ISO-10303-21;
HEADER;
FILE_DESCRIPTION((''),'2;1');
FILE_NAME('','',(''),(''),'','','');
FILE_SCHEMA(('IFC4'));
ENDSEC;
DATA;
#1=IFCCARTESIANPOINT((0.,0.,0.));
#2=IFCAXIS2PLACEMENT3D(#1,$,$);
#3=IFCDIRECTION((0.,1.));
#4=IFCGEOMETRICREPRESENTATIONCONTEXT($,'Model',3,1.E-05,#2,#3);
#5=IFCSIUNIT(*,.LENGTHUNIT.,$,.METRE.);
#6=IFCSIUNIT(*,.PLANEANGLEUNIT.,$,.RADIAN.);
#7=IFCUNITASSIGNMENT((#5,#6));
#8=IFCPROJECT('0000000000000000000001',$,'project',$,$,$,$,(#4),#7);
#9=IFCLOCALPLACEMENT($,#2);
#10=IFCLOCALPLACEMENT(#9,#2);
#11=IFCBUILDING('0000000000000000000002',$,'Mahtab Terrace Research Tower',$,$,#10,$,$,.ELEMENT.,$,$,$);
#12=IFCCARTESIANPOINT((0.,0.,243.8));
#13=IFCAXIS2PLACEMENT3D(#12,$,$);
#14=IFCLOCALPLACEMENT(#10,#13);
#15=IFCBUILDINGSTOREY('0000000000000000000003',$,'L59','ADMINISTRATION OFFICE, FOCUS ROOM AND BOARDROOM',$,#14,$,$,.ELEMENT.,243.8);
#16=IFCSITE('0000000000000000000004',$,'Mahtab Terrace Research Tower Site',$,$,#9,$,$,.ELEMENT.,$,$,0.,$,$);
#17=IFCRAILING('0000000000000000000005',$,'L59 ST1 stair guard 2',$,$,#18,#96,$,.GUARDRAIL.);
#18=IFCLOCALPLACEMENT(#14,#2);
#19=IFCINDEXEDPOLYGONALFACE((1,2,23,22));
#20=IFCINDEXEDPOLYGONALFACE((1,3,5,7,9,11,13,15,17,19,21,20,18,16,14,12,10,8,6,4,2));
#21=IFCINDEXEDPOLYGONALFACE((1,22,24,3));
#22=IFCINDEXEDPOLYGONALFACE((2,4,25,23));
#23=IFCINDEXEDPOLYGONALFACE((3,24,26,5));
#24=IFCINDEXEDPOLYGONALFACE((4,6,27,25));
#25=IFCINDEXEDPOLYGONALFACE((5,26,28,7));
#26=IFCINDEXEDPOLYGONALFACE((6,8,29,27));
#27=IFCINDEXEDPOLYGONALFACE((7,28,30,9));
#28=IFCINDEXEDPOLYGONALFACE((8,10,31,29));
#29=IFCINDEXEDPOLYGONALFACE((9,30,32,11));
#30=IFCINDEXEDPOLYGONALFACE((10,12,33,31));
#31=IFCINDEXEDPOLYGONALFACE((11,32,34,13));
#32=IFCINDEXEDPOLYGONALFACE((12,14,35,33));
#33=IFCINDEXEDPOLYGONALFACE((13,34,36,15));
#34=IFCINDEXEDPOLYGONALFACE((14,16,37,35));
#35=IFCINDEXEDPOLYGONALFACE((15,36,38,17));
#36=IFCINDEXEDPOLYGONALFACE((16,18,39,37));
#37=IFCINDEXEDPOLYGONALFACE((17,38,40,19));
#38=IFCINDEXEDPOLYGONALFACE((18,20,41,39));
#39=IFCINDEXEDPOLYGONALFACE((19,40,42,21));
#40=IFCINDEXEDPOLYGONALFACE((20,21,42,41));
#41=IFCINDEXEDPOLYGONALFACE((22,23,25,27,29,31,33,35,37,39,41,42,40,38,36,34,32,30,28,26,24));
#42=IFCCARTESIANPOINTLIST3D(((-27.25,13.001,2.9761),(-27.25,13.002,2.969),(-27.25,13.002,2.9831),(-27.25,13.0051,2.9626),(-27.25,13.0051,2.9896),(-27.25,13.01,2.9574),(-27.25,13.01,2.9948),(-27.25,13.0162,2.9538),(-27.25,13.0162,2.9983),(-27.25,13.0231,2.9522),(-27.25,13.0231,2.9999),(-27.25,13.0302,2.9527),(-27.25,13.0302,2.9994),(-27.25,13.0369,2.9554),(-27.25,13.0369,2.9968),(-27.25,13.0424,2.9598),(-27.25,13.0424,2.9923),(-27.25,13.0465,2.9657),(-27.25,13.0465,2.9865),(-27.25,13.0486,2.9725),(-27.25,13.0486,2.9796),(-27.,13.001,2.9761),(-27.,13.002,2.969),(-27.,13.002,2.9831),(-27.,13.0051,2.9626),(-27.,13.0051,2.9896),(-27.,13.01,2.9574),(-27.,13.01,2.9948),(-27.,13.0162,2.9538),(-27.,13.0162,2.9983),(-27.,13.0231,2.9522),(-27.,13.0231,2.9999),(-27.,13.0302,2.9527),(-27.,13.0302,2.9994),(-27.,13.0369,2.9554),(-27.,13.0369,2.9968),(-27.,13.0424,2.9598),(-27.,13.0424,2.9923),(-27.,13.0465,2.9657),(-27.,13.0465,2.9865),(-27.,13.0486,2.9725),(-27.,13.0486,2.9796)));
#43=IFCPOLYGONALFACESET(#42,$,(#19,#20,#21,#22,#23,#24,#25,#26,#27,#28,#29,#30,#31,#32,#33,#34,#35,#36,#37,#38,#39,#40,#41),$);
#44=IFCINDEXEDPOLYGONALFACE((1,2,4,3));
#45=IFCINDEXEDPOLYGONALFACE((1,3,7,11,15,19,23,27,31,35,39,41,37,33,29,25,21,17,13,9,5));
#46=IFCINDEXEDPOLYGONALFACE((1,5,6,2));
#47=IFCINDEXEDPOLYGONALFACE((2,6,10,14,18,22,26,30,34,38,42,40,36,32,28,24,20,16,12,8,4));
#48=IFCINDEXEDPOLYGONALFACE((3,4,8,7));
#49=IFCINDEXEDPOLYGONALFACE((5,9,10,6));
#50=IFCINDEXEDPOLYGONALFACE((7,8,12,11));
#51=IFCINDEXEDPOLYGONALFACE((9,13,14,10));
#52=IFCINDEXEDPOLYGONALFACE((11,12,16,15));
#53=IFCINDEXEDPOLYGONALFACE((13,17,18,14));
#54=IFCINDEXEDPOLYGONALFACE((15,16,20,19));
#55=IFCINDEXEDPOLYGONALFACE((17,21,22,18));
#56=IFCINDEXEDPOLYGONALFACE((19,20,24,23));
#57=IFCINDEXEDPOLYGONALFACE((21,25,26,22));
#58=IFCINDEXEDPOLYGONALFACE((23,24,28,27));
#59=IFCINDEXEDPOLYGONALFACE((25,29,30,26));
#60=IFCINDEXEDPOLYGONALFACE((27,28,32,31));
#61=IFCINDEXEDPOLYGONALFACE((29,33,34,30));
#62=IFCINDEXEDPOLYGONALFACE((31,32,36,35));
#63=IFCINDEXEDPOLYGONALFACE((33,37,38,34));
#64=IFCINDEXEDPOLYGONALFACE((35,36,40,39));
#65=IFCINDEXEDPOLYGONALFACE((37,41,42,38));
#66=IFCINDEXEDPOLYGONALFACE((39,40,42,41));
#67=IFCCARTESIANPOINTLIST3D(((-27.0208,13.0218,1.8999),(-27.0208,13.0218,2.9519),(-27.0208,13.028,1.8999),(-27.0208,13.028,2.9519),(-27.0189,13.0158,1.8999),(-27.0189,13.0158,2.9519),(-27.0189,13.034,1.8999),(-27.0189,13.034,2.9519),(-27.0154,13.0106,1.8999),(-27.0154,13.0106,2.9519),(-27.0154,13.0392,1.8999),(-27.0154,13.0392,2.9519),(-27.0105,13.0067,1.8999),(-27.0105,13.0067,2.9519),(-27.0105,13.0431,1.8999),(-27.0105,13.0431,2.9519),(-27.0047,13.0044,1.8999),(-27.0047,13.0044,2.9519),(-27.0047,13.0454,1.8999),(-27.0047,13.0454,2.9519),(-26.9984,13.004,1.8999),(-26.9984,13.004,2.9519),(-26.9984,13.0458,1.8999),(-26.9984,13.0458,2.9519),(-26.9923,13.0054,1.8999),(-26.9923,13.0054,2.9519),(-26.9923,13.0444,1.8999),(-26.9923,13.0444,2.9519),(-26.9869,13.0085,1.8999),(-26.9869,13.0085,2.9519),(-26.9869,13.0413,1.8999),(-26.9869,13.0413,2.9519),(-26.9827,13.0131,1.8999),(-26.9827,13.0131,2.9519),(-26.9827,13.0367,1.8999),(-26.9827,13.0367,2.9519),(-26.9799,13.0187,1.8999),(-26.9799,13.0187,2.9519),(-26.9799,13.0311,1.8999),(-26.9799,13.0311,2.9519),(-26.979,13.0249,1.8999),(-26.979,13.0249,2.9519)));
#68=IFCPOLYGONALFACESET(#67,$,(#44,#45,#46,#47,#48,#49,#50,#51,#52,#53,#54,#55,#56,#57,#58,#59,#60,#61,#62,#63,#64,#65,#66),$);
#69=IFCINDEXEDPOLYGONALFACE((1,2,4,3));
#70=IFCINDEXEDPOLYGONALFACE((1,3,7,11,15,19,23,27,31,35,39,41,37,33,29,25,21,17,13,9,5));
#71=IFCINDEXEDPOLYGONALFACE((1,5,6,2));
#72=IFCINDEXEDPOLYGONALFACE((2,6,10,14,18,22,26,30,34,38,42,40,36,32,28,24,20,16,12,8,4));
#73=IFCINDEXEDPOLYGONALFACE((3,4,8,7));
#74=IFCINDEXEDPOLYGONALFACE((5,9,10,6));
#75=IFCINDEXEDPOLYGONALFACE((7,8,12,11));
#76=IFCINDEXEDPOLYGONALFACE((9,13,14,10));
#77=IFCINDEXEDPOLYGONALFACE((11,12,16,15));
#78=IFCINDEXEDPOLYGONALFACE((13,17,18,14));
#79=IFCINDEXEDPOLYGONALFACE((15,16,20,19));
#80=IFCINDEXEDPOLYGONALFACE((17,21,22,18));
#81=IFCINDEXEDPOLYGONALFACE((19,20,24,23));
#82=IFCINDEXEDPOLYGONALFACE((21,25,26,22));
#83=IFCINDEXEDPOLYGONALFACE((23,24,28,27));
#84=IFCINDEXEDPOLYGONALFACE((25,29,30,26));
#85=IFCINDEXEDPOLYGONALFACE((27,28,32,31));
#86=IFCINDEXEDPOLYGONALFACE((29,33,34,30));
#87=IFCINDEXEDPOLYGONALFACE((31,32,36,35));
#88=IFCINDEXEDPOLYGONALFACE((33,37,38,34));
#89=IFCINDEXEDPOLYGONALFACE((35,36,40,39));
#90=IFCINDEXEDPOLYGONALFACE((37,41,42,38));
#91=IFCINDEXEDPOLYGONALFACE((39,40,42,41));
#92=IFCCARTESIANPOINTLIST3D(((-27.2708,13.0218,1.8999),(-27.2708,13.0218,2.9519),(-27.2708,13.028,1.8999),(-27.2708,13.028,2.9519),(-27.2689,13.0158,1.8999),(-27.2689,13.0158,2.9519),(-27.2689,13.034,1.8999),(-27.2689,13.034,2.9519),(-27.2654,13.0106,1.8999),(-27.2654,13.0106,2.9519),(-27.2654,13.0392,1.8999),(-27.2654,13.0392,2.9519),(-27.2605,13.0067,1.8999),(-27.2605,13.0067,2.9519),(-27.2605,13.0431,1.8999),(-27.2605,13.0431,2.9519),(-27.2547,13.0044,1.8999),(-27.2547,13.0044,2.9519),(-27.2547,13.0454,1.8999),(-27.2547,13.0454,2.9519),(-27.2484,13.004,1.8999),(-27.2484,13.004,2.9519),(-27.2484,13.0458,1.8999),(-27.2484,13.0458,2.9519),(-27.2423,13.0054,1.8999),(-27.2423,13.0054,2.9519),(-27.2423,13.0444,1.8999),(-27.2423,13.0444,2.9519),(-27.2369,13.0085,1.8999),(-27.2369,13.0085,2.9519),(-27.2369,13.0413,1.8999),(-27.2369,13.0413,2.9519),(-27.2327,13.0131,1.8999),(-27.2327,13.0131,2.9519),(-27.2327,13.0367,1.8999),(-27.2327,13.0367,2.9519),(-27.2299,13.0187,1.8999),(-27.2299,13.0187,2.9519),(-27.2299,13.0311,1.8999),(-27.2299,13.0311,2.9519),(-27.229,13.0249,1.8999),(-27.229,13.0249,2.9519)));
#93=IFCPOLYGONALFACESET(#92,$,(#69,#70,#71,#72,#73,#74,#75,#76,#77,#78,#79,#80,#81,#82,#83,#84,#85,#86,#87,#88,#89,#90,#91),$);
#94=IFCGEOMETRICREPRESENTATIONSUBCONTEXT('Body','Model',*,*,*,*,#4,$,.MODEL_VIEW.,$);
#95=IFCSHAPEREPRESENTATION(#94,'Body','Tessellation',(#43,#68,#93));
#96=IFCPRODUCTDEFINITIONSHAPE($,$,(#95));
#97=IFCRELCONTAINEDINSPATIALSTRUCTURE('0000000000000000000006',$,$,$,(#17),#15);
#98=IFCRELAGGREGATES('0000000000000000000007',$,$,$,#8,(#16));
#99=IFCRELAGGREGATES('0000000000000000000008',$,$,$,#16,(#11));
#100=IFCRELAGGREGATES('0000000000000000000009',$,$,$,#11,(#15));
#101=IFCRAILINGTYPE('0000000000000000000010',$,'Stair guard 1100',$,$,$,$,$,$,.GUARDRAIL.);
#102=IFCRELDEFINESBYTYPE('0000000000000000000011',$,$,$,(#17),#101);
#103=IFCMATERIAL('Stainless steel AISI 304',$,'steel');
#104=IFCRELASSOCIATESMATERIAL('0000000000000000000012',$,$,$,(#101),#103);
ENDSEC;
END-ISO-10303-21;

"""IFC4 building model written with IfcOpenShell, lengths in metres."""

from ifc_helpers import new_model, si_unit, direction, frame, origin, origin_2d, place, context, subcontext, project, spatial, circle, extrude, material, type_object, element, save


model = new_model("IFC4")

# Units and contexts
model_context = context("Model", 3, precision=1e-05, world=origin(), true_north=direction((0.0, 1.0)))
body_context = subcontext(model_context, "Body", "Model", "MODEL_VIEW")
ifc_project = project(units=[si_unit("LENGTHUNIT", "METRE"), si_unit("PLANEANGLEUNIT", "RADIAN")], contexts=[model_context])

# Site, building, storey
site_placement = place(None, origin())
site = spatial("IfcSite", under=ifc_project, at=site_placement, Name="Mahtab Terrace Research Tower Site", CompositionType="ELEMENT", RefElevation=0.0)
building_placement = place(site_placement, origin())
building = spatial("IfcBuilding", under=site, at=building_placement, Name="Mahtab Terrace Research Tower", CompositionType="ELEMENT")
storey_placement = place(building_placement, frame((0.0, 0.0, 243.8)))
storey = spatial("IfcBuildingStorey", under=building, at=storey_placement, Name="L59", Description="ADMINISTRATION OFFICE, FOCUS ROOM AND BOARDROOM", CompositionType="ELEMENT", Elevation=243.8)

# Railing
ifc_material_1 = material(Name="Stainless steel AISI 304", Category="steel")
railing_type_1 = type_object("IfcRailingType", Name="Stair guard 1100", PredefinedType="GUARDRAIL", material=ifc_material_1)
railing_1_placement = place(storey_placement, frame((-27.0, 13.0249, 1.8999)))
element("IfcRailing", 1, at=railing_1_placement, inside=storey, type_object=railing_type_1, Name="L59 ST1 stair guard 2", PredefinedType="GUARDRAIL", context=body_context, shape_type="SweptSolid", body=[
    extrude(circle(Radius=0.0239, at=origin_2d()), frame((0.0, 0.0, 1.0762), z_axis=(-1.0, 0.0, 0.0), x_axis=(0.0, -1.0, 0.0)), (0.0, 0.0, 1.0), 0.25),
    extrude(circle(Radius=0.021, at=origin_2d()), origin(), (0.0, 0.0, 1.0), 1.052),
    extrude(circle(Radius=0.021, at=origin_2d()), frame((-0.25, 0.0, 0.0)), (0.0, 0.0, 1.0), 1.052),
])

save(model, "model.ifc")
